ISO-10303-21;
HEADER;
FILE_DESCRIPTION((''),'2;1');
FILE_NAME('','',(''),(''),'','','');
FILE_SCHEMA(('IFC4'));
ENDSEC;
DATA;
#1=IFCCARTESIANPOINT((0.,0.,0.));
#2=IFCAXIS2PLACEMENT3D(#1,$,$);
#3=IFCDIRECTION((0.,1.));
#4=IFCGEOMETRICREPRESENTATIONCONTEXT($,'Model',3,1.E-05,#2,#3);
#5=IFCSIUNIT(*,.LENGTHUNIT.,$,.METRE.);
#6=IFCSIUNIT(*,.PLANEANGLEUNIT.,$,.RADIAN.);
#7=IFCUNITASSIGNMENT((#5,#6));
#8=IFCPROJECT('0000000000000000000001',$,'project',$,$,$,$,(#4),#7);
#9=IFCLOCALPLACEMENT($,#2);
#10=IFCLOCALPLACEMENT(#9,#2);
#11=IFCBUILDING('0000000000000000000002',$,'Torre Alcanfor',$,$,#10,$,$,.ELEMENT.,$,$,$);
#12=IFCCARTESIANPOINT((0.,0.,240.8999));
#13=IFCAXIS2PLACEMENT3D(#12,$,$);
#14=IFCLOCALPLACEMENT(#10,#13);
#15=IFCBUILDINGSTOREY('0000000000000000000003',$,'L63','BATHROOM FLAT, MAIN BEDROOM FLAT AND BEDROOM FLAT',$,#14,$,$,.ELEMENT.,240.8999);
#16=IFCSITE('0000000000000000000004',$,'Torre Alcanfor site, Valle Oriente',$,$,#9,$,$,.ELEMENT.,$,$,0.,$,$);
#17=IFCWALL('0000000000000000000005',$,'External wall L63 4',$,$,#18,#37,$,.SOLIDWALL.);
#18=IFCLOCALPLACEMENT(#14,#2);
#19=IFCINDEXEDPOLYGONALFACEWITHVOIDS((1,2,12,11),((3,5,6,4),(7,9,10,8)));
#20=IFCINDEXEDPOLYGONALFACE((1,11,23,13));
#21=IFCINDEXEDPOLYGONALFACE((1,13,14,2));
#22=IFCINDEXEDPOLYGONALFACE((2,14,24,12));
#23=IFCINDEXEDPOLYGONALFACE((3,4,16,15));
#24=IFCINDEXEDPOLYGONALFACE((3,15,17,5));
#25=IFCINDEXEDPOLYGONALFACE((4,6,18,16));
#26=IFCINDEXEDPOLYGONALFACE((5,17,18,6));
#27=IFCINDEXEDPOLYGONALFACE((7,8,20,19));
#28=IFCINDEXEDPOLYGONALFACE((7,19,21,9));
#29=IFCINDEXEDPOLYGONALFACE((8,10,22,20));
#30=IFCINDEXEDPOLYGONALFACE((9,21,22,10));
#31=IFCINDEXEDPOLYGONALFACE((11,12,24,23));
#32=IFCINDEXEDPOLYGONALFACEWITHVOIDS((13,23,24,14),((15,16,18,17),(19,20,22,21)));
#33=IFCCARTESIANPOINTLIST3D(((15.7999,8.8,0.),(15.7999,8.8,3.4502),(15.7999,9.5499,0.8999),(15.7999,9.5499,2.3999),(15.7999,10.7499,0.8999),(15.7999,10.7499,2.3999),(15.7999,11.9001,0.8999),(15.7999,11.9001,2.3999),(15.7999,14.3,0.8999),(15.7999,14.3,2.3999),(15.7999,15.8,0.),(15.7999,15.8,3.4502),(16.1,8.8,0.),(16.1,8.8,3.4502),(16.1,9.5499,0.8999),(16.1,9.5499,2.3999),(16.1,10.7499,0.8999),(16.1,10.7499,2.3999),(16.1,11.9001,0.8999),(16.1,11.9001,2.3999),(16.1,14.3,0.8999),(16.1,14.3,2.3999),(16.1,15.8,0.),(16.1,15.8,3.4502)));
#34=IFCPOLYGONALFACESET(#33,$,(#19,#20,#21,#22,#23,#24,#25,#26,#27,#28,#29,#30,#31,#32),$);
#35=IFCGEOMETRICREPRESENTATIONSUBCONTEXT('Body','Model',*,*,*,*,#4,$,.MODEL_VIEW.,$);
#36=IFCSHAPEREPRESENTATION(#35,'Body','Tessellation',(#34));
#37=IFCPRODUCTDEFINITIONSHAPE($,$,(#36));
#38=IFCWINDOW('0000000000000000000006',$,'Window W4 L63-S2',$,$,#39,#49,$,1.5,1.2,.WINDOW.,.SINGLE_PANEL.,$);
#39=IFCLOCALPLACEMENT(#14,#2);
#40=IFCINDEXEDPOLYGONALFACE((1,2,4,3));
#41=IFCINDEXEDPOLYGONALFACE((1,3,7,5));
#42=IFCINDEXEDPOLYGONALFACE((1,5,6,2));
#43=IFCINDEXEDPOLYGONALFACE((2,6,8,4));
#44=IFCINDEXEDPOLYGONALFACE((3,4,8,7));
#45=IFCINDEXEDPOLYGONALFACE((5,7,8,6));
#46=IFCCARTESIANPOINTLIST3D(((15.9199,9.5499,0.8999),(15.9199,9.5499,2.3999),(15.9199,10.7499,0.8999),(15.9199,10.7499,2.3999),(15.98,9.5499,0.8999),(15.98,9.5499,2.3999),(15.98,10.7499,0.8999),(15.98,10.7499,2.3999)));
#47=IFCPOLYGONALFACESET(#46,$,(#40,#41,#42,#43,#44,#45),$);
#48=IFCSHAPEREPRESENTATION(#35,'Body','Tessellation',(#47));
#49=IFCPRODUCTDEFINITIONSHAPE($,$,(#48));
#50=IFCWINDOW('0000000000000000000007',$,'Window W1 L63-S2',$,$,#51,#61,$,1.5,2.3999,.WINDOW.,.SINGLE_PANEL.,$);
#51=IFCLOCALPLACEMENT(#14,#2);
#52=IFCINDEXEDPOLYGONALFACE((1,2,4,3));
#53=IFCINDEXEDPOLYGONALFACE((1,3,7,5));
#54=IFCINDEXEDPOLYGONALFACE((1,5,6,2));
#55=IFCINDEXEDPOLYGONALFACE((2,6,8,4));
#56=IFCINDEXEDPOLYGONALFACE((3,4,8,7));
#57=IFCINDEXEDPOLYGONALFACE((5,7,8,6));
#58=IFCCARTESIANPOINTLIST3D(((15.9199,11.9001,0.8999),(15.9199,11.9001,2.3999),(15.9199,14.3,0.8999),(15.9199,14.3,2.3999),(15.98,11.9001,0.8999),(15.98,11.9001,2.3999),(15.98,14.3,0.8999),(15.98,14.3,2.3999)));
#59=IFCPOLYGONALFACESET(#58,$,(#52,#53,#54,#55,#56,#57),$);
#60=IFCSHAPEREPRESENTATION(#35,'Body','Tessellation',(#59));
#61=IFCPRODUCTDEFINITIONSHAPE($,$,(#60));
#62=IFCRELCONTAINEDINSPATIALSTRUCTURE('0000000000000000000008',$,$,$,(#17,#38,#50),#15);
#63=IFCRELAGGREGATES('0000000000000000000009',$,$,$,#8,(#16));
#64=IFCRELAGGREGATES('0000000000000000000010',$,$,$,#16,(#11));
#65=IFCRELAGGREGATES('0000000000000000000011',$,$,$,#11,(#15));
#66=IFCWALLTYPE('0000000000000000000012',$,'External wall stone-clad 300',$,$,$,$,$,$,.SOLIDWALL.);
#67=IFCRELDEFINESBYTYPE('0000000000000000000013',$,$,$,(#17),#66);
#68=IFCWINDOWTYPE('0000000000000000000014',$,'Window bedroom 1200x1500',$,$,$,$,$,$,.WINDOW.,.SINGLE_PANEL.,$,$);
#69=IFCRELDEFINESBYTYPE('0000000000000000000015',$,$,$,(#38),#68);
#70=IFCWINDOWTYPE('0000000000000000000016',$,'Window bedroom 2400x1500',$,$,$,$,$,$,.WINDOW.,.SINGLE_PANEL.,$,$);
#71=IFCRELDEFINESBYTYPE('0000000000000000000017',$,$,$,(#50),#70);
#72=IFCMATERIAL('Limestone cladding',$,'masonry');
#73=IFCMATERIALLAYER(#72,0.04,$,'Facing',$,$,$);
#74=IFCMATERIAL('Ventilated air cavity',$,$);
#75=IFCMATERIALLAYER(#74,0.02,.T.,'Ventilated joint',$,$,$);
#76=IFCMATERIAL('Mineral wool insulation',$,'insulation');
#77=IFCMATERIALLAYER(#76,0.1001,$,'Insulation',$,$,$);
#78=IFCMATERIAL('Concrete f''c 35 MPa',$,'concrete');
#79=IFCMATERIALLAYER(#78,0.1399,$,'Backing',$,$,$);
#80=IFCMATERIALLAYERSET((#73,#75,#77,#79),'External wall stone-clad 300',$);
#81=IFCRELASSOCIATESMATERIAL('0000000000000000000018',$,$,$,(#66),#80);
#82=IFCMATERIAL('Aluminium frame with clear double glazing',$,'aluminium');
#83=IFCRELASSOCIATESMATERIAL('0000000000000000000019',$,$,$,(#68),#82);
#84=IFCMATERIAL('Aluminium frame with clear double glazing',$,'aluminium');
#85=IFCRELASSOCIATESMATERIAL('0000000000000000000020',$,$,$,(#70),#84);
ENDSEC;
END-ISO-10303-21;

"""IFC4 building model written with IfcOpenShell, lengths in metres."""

from ifc_helpers import new_model, si_unit, direction, frame, frame_2d, origin, place, context, subcontext, project, spatial, rectangle, extrude, material, layer, layer_set, type_object, element, fill, save


model = new_model("IFC4")

# Units and contexts
model_context = context("Model", 3, precision=1e-05, world=origin(), true_north=direction((0.0, 1.0)))
body_context = subcontext(model_context, "Body", "Model", "MODEL_VIEW")
ifc_project = project(units=[si_unit("LENGTHUNIT", "METRE"), si_unit("PLANEANGLEUNIT", "RADIAN")], contexts=[model_context])

# Site, building, storey
site_placement = place(None, origin())
site = spatial("IfcSite", under=ifc_project, at=site_placement, Name="Torre Alcanfor site, Valle Oriente", CompositionType="ELEMENT", RefElevation=0.0)
building_placement = place(site_placement, origin())
building = spatial("IfcBuilding", under=site, at=building_placement, Name="Torre Alcanfor", CompositionType="ELEMENT")
storey_placement = place(building_placement, frame((0.0, 0.0, 240.8999)))
storey = spatial("IfcBuildingStorey", under=building, at=storey_placement, Name="L63", Description="BATHROOM FLAT, MAIN BEDROOM FLAT AND BEDROOM FLAT", CompositionType="ELEMENT", Elevation=240.8999)

# Shared definitions
ifc_material_1 = material(Name="Limestone cladding", Category="masonry")
ifc_layer_1 = layer(ifc_material_1, 0.04, Name="Facing")
ifc_material_2 = material(Name="Ventilated air cavity")
ifc_layer_2 = layer(ifc_material_2, 0.02, ventilated=True, Name="Ventilated joint")
ifc_material_3 = material(Name="Mineral wool insulation", Category="insulation")
ifc_layer_3 = layer(ifc_material_3, 0.1001, Name="Insulation")
ifc_material_4 = material(Name="Concrete f'c 35 MPa", Category="concrete")
ifc_layer_4 = layer(ifc_material_4, 0.1399, Name="Backing")
ifc_layer_set_1 = layer_set([ifc_layer_1, ifc_layer_2, ifc_layer_3, ifc_layer_4], Name="External wall stone-clad 300")
wall_type_1 = type_object("IfcWallType", Name="External wall stone-clad 300", PredefinedType="SOLIDWALL", material=ifc_layer_set_1)
ifc_material_5 = material(Name="Aluminium frame with clear double glazing", Category="aluminium")
window_type_1 = type_object("IfcWindowType", Name="Window bedroom 1200x1500", PartitioningType="SINGLE_PANEL", PredefinedType="WINDOW", material=ifc_material_5)

# Wall, openings, windows
wall_1_placement = place(storey_placement, frame((15.95, 15.8, 0.0), z_axis=(0.0, 0.0, 1.0), x_axis=(0.0, -1.0, 0.0)))
wall_1 = element("IfcWall", 1, at=wall_1_placement, inside=storey, type_object=wall_type_1, Name="External wall L63 4", PredefinedType="SOLIDWALL", context=body_context, shape_type="SweptSolid", body=[
    extrude(rectangle(XDim=7.0, YDim=0.3, at=frame_2d((3.5, 0.0))), origin(), (0.0, 0.0, 1.0), 3.4502),
])
opening_1_placement = place(wall_1_placement, frame((1.5, 0.0, 0.8999)))
opening_1 = element("IfcOpeningElement", 2, at=opening_1_placement, cuts=wall_1, PredefinedType="OPENING", context=body_context, shape_type="SweptSolid", body=[
    extrude(rectangle(XDim=2.3999, YDim=1.5, at=frame_2d((1.2, 0.75))), frame((0.0, 0.1599, 0.0), z_axis=(0.0, -1.0, 0.0), x_axis=(1.0, 0.0, 0.0)), (0.0, 0.0, 1.0), 0.3201),
])
opening_2_placement = place(wall_1_placement, frame((5.05, 0.0, 0.8999)))
opening_2 = element("IfcOpeningElement", 3, at=opening_2_placement, cuts=wall_1, PredefinedType="OPENING", context=body_context, shape_type="SweptSolid", body=[
    extrude(rectangle(XDim=1.2, YDim=1.5, at=frame_2d((0.6001, 0.75))), frame((0.0, 0.1599, 0.0), z_axis=(0.0, -1.0, 0.0), x_axis=(1.0, 0.0, 0.0)), (0.0, 0.0, 1.0), 0.3201),
])
window_1_placement = place(opening_2_placement, origin())
window_1 = element("IfcWindow", 4, at=window_1_placement, inside=storey, type_object=window_type_1, Name="Window W4 L63-S2", OverallHeight=1.5, OverallWidth=1.2, PartitioningType="SINGLE_PANEL", PredefinedType="WINDOW", context=body_context, shape_type="SweptSolid", body=[
    extrude(rectangle(XDim=1.2, YDim=1.5, at=frame_2d((0.6001, 0.75))), frame((0.0, 0.03, 0.0), z_axis=(0.0, -1.0, 0.0), x_axis=(1.0, 0.0, 0.0)), (0.0, 0.0, 1.0), 0.0601),
])
fill(opening_2, window_1)
ifc_material_6 = material(Name="Aluminium frame with clear double glazing", Category="aluminium")
window_type_2 = type_object("IfcWindowType", Name="Window bedroom 2400x1500", PartitioningType="SINGLE_PANEL", PredefinedType="WINDOW", material=ifc_material_6)
window_2_placement = place(opening_1_placement, origin())
window_2 = element("IfcWindow", 5, at=window_2_placement, inside=storey, type_object=window_type_2, Name="Window W1 L63-S2", OverallHeight=1.5, OverallWidth=2.3999, PartitioningType="SINGLE_PANEL", PredefinedType="WINDOW", context=body_context, shape_type="SweptSolid", body=[
    extrude(rectangle(XDim=2.3999, YDim=1.5, at=frame_2d((1.2, 0.75))), frame((0.0, 0.03, 0.0), z_axis=(0.0, -1.0, 0.0), x_axis=(1.0, 0.0, 0.0)), (0.0, 0.0, 1.0), 0.0601),
])
fill(opening_1, window_2)

save(model, "model.ifc")
